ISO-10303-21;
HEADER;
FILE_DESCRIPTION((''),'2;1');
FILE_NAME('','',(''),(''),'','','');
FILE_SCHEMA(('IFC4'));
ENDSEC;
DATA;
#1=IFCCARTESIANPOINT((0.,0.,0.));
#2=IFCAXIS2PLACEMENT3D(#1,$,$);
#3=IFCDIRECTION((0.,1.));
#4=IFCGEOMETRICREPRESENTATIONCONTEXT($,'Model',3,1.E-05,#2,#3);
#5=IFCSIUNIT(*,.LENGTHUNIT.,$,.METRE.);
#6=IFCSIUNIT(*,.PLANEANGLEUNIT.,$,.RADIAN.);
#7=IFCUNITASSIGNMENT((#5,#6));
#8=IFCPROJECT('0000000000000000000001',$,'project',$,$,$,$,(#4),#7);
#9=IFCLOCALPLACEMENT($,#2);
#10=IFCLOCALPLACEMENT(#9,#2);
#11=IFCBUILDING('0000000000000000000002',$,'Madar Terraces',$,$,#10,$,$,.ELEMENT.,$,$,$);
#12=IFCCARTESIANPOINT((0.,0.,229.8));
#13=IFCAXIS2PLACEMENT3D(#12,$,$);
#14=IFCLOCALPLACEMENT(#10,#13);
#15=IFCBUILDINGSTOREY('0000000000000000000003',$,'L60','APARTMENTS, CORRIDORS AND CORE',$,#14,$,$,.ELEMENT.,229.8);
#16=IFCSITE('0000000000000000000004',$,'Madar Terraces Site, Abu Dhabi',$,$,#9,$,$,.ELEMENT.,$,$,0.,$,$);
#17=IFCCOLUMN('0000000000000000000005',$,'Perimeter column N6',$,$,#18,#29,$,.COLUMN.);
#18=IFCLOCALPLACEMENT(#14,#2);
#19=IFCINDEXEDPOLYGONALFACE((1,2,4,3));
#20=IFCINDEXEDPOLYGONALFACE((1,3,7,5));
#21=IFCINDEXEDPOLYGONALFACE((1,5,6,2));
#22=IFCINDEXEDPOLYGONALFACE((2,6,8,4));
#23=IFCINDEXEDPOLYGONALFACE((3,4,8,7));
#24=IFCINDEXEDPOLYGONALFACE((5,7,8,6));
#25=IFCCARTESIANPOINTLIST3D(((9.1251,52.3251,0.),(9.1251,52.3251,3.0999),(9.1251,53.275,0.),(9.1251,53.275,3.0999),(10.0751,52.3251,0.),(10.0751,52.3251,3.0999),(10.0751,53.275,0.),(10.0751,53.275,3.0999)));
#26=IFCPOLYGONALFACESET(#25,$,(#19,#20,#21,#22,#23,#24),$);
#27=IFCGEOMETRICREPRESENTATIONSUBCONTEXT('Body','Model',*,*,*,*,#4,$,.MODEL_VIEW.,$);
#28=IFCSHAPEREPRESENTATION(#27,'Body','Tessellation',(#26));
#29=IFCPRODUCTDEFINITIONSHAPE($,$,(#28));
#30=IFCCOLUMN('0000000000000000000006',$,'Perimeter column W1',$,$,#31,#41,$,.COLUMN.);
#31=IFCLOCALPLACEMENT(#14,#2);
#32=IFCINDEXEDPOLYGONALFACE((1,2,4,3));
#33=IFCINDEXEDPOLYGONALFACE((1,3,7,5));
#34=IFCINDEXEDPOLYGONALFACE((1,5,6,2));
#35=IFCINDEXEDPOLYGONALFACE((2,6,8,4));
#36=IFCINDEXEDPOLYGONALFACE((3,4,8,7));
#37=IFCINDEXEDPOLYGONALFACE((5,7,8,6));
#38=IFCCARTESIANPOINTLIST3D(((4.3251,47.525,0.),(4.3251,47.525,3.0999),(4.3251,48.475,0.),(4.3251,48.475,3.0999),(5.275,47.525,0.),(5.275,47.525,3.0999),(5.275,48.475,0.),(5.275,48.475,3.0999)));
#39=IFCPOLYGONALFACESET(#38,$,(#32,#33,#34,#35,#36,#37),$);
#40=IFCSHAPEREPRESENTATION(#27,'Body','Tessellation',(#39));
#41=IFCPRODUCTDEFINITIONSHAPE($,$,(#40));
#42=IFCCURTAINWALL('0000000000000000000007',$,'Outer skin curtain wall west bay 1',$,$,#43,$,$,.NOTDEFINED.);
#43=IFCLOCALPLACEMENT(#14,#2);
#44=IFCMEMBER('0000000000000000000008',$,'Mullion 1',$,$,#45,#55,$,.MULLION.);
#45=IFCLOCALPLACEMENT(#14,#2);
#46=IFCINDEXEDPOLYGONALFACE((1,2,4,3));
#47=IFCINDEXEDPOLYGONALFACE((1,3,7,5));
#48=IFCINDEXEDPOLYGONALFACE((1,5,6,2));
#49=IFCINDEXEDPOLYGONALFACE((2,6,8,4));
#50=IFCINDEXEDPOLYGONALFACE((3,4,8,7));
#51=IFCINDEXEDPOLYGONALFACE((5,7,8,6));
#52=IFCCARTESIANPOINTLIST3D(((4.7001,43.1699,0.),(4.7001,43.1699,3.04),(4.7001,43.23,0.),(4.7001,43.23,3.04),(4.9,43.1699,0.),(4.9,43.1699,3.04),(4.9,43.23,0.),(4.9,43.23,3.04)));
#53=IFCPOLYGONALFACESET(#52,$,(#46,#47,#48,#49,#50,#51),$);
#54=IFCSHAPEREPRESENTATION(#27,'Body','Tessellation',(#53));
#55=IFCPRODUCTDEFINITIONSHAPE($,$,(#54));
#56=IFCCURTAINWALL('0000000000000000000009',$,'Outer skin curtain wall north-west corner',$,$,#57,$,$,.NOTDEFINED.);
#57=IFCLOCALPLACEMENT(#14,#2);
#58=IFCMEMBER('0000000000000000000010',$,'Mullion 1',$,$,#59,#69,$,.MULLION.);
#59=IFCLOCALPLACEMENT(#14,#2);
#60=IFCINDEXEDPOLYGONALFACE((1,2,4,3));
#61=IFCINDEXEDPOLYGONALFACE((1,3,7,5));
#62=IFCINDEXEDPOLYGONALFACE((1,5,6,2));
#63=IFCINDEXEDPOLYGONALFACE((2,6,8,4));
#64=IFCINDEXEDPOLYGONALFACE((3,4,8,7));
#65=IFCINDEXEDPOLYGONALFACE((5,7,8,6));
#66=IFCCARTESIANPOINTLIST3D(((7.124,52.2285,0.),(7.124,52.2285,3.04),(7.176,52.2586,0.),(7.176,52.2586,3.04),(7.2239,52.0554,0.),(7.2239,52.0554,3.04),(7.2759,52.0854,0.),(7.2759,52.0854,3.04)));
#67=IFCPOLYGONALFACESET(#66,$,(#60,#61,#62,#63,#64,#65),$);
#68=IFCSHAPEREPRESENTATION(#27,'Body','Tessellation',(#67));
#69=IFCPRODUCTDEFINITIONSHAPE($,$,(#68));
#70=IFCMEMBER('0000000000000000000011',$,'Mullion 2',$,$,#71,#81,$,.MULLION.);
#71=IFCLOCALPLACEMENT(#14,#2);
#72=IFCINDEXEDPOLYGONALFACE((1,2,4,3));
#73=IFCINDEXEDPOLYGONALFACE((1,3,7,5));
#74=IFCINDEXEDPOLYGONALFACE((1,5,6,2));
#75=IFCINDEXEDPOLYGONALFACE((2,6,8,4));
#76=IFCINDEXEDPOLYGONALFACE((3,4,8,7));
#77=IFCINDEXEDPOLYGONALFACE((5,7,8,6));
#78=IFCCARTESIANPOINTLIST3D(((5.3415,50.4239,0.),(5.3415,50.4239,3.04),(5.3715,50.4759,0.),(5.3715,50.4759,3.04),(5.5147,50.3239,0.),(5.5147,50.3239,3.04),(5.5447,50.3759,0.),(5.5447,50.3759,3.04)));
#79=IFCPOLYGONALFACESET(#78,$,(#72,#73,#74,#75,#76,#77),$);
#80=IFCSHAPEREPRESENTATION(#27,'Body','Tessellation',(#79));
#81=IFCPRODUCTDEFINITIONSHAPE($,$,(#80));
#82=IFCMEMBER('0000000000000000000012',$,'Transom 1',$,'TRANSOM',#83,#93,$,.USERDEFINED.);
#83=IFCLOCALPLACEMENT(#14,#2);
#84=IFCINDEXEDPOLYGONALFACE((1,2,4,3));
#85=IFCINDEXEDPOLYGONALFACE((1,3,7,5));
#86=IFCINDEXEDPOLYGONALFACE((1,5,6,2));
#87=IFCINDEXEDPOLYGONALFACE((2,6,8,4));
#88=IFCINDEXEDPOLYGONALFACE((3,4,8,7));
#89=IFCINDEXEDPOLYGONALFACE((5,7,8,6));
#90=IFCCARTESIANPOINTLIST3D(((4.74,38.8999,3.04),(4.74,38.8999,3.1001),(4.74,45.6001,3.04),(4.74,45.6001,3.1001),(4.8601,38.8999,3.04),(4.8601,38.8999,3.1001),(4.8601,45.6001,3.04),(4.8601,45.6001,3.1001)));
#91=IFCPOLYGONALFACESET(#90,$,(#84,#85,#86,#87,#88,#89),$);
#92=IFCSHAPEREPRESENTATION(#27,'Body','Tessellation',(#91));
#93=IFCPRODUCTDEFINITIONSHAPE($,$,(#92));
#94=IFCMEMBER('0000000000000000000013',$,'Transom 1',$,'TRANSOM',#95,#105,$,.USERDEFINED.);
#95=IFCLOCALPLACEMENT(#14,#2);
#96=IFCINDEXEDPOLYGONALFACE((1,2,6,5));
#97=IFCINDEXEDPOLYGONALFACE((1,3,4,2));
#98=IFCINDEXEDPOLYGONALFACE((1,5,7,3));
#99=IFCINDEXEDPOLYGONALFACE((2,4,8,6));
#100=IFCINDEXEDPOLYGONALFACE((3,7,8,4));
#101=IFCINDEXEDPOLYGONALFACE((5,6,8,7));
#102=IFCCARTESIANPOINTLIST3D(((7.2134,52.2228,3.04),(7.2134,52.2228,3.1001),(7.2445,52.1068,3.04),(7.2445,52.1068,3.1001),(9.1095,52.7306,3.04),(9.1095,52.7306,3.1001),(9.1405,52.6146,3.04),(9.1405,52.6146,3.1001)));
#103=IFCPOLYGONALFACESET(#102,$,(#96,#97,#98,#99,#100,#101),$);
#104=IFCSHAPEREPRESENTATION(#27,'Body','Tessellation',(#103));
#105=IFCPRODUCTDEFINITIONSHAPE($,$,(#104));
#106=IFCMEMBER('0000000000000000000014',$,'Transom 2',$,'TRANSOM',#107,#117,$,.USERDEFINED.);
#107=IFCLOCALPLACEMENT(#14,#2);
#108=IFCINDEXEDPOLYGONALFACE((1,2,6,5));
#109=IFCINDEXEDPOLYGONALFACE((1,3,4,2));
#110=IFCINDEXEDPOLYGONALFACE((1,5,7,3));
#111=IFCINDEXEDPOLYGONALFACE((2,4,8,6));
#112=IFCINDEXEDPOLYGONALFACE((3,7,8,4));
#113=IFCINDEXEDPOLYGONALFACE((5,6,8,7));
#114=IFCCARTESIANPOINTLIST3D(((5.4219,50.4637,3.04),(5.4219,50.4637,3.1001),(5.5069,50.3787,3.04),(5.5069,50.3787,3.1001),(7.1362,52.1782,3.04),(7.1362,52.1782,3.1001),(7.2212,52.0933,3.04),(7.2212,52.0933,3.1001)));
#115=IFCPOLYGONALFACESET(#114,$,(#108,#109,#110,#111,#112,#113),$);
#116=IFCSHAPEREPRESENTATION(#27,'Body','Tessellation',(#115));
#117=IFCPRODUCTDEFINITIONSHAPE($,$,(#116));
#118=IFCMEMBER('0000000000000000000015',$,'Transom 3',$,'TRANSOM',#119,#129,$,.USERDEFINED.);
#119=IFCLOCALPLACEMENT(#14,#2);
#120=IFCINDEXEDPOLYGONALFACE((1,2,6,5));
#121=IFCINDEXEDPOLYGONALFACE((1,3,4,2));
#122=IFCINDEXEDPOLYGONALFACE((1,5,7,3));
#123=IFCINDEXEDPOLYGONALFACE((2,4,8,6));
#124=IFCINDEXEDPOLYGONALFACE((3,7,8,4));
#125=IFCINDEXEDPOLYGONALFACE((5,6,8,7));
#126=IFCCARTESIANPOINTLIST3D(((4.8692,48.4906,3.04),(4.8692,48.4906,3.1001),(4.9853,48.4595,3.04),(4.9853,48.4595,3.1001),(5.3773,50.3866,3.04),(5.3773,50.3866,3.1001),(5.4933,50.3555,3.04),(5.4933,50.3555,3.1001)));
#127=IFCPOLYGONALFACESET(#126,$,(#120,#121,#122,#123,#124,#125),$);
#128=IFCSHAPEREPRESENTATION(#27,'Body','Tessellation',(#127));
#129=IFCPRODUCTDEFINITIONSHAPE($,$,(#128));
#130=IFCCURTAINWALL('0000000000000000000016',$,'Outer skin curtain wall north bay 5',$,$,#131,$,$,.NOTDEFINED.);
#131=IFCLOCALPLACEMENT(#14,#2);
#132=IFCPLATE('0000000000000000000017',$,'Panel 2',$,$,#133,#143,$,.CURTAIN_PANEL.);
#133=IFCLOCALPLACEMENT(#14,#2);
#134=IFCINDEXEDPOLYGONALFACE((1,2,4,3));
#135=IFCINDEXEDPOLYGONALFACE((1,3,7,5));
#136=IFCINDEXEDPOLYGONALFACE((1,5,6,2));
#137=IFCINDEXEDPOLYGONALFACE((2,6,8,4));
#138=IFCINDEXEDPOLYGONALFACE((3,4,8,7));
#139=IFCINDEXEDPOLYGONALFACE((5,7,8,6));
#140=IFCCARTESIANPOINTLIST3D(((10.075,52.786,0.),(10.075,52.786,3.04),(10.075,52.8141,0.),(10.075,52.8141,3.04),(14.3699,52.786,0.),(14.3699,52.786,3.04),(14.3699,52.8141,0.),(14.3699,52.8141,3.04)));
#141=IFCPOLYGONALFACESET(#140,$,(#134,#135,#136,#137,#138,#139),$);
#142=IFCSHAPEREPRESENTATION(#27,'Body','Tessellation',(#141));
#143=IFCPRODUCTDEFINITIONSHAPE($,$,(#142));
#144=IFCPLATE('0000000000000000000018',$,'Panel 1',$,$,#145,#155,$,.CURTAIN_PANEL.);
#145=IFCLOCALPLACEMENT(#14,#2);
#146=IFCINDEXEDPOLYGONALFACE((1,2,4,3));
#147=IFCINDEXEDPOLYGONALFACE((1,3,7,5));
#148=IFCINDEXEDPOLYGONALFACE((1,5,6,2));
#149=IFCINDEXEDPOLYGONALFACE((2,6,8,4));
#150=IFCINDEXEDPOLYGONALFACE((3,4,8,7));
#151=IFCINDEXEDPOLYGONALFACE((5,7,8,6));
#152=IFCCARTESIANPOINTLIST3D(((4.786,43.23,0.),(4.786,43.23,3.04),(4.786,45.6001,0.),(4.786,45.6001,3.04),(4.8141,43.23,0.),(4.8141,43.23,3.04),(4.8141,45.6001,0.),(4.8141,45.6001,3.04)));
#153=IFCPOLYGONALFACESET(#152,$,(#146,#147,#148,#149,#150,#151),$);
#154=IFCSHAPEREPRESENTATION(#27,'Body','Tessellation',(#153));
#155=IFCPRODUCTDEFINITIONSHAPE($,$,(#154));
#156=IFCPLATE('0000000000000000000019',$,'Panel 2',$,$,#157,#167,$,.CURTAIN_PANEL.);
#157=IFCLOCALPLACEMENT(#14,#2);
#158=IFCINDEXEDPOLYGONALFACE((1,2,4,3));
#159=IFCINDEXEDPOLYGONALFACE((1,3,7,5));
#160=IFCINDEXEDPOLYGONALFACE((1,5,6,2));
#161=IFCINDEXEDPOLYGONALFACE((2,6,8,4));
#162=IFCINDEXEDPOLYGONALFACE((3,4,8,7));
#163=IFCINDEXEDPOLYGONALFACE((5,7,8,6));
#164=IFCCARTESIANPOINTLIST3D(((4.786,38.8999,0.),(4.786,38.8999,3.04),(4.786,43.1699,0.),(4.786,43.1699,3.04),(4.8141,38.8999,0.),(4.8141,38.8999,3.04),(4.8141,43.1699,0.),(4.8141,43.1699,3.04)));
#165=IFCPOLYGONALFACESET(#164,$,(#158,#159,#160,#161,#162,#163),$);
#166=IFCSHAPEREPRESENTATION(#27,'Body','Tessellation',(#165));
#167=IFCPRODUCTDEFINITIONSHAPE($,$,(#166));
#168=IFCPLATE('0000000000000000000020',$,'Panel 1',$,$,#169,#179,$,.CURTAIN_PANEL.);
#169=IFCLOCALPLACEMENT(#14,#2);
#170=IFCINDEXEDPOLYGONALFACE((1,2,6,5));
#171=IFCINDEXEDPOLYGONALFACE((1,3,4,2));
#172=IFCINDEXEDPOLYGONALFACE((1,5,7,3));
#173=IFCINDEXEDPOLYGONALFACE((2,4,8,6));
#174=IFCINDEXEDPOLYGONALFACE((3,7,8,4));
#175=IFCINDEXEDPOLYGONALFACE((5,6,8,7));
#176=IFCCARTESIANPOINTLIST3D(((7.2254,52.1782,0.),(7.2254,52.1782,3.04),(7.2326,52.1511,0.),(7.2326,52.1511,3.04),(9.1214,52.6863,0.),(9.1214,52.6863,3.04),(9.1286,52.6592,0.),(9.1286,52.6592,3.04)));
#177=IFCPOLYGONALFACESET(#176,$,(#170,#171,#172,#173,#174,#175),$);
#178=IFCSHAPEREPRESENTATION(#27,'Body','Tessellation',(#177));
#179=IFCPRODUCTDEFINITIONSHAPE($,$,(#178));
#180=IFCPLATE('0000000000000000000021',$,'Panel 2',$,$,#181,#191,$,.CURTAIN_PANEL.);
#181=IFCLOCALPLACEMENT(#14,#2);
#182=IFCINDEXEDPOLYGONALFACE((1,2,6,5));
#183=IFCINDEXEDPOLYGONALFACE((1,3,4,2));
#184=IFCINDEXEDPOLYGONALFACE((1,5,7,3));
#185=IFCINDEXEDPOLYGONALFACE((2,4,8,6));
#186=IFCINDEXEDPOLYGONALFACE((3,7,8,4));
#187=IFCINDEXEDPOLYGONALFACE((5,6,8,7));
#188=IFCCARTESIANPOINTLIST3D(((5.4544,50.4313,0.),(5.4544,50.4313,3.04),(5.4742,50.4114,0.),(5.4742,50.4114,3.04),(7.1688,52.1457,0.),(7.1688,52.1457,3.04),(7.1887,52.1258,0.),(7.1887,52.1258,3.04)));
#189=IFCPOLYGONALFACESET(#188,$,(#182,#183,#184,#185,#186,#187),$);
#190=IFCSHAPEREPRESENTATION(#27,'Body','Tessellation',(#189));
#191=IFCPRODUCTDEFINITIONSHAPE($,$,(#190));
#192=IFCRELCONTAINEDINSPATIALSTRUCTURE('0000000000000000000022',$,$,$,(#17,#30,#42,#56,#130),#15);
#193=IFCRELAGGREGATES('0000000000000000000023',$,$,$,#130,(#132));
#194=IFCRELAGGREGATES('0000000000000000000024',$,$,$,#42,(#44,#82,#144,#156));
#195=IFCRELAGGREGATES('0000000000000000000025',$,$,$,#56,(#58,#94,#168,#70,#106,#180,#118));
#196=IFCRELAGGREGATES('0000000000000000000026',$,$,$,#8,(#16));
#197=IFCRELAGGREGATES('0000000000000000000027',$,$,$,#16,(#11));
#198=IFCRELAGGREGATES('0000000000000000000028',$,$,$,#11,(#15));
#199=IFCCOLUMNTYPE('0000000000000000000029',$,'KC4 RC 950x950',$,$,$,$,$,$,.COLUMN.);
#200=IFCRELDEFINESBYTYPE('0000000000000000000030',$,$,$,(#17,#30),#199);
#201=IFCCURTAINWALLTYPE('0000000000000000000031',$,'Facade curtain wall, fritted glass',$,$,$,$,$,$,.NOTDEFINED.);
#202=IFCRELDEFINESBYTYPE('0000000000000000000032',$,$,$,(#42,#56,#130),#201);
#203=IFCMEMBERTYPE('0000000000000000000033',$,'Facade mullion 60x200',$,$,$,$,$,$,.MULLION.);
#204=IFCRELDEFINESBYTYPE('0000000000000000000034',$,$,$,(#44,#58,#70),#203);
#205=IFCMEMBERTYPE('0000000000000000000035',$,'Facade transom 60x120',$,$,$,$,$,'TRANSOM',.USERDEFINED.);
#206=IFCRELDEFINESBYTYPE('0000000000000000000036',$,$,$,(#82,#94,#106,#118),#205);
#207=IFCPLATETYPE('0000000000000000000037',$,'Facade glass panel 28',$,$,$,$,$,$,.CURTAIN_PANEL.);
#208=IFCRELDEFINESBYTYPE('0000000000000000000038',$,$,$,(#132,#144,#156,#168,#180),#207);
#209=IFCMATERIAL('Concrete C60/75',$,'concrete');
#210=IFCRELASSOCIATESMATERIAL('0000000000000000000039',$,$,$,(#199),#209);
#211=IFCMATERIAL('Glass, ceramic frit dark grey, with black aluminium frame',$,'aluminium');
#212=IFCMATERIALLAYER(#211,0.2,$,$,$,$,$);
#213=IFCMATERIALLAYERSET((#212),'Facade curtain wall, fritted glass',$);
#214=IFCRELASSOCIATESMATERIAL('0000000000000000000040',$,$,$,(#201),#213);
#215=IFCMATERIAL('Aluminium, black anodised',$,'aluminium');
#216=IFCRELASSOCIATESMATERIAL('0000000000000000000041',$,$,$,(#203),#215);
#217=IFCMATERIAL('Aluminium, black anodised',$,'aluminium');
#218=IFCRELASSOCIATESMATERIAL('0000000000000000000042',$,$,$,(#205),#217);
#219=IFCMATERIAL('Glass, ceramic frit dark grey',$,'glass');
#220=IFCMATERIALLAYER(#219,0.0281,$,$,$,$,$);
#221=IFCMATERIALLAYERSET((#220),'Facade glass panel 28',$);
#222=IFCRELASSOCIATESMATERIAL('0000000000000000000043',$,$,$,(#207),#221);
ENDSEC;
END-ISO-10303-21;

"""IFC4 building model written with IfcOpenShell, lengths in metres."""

from ifc_helpers import new_model, si_unit, direction, frame, origin, origin_2d, place, context, subcontext, project, spatial, rectangle, extrude, material, layer, layer_set, material_profile, profile_set, type_object, element, aggregate, save


model = new_model("IFC4")

# Units and contexts
model_context = context("Model", 3, precision=1e-05, world=origin(), true_north=direction((0.0, 1.0)))
body_context = subcontext(model_context, "Body", "Model", "MODEL_VIEW")
ifc_project = project(units=[si_unit("LENGTHUNIT", "METRE"), si_unit("PLANEANGLEUNIT", "RADIAN")], contexts=[model_context])

# Site, building, storey
site_placement = place(None, origin())
site = spatial("IfcSite", under=ifc_project, at=site_placement, Name="Madar Terraces Site, Abu Dhabi", CompositionType="ELEMENT", RefElevation=0.0)
building_placement = place(site_placement, origin())
building = spatial("IfcBuilding", under=site, at=building_placement, Name="Madar Terraces", CompositionType="ELEMENT")
storey_placement = place(building_placement, frame((0.0, 0.0, 229.8)))
storey = spatial("IfcBuildingStorey", under=building, at=storey_placement, Name="L60", Description="APARTMENTS, CORRIDORS AND CORE", CompositionType="ELEMENT", Elevation=229.8)

# Columns
ifc_material_1 = material(Name="Concrete C60/75", Category="concrete")
ifc_material_profile_1 = material_profile(ifc_material_1, rectangle(XDim=0.95, YDim=0.95, at=origin_2d()), Name="KC4 RC 950x950")
ifc_profile_set_1 = profile_set([ifc_material_profile_1], Name="Concrete C60/75")
column_type = type_object("IfcColumnType", Name="KC4 RC 950x950", PredefinedType="COLUMN", material=ifc_profile_set_1)
for number, where, z_axis, x_axis, name in (
    (1, (9.6001, 52.8, 0.0), (0.0, 0.0, 1.0), (1.0, 0.0, 0.0), "Perimeter column N6"),
    (2, (4.8, 48.0, 0.0), (0.0, 0.0, 1.0), (1.0, 0.0, 0.0), "Perimeter column W1"),
):
    element("IfcColumn", number, at=place(storey_placement, frame(where, z_axis=z_axis, x_axis=x_axis)), inside=storey, type_object=column_type, Name=name, PredefinedType="COLUMN", context=body_context, shape_type="SweptSolid", body=[
        extrude(rectangle(XDim=0.95, YDim=0.95, at=origin_2d()), origin(), (0.0, 0.0, 1.0), 3.0999),
    ])

# Curtain wall, member
ifc_material_2 = material(Name="Glass, ceramic frit dark grey, with black aluminium frame", Category="aluminium")
ifc_layer_1 = layer(ifc_material_2, 0.2)
ifc_layer_set_1 = layer_set([ifc_layer_1], Name="Facade curtain wall, fritted glass")
curtain_wall_type = type_object("IfcCurtainWallType", Name="Facade curtain wall, fritted glass", PredefinedType="NOTDEFINED", material=ifc_layer_set_1)
curtain_wall_1_placement = place(storey_placement, origin())
curtain_wall_1 = element("IfcCurtainWall", 3, at=curtain_wall_1_placement, inside=storey, type_object=curtain_wall_type, Name="Outer skin curtain wall west bay 1", PredefinedType="NOTDEFINED")
ifc_material_3 = material(Name="Aluminium, black anodised", Category="aluminium")
ifc_material_profile_2 = material_profile(ifc_material_3, rectangle(XDim=0.2, YDim=0.0601, at=origin_2d()), Name="Facade mullion 60x200")
ifc_profile_set_2 = profile_set([ifc_material_profile_2], Name="Aluminium, black anodised")
member_type_1 = type_object("IfcMemberType", Name="Facade mullion 60x200", PredefinedType="MULLION", material=ifc_profile_set_2)
member_1_placement = place(storey_placement, frame((4.8, 43.2, 0.0), z_axis=(0.0, 0.0, 1.0), x_axis=(1.0, 0.0, 0.0)))
member_1 = element("IfcMember", 4, at=member_1_placement, type_object=member_type_1, Name="Mullion 1", PredefinedType="MULLION", context=body_context, shape_type="SweptSolid", body=[
    extrude(rectangle(XDim=0.2, YDim=0.0601, at=origin_2d()), origin(), (0.0, 0.0, 1.0), 3.04),
])

# Curtain wall, members
curtain_wall_2_placement = place(storey_placement, origin())
curtain_wall_2 = element("IfcCurtainWall", 5, at=curtain_wall_2_placement, inside=storey, type_object=curtain_wall_type, Name="Outer skin curtain wall north-west corner", PredefinedType="NOTDEFINED")
member_2_placement = place(storey_placement, frame((7.2, 52.157, 0.0), z_axis=(0.0, 0.0, 1.0), x_axis=(0.5, -0.866025, 0.0)))
member_2 = element("IfcMember", 6, at=member_2_placement, type_object=member_type_1, Name="Mullion 1", PredefinedType="MULLION", context=body_context, shape_type="SweptSolid", body=[
    extrude(rectangle(XDim=0.2, YDim=0.0601, at=origin_2d()), origin(), (0.0, 0.0, 1.0), 3.04),
])
member_3_placement = place(storey_placement, frame((5.4431, 50.3999, 0.0), z_axis=(0.0, 0.0, 1.0), x_axis=(0.866025, -0.5, 0.0)))
member_3 = element("IfcMember", 7, at=member_3_placement, type_object=member_type_1, Name="Mullion 2", PredefinedType="MULLION", context=body_context, shape_type="SweptSolid", body=[
    extrude(rectangle(XDim=0.2, YDim=0.0601, at=origin_2d()), origin(), (0.0, 0.0, 1.0), 3.04),
])

# Members
ifc_material_4 = material(Name="Aluminium, black anodised", Category="aluminium")
ifc_material_profile_3 = material_profile(ifc_material_4, rectangle(XDim=0.1201, YDim=0.0601, at=origin_2d()), Name="Facade transom 60x120")
ifc_profile_set_3 = profile_set([ifc_material_profile_3], Name="Aluminium, black anodised")
member_type_2 = type_object("IfcMemberType", Name="Facade transom 60x120", ElementType="TRANSOM", PredefinedType="USERDEFINED", material=ifc_profile_set_3)
member_4_placement = place(storey_placement, frame((4.8, 45.6001, 3.0701), z_axis=(0.0, -1.0, 0.0), x_axis=(1.0, 0.0, 0.0)))
member_4 = element("IfcMember", 8, at=member_4_placement, type_object=member_type_2, Name="Transom 1", ObjectType="TRANSOM", PredefinedType="USERDEFINED", context=body_context, shape_type="SweptSolid", body=[
    extrude(rectangle(XDim=0.1201, YDim=0.0601, at=origin_2d()), origin(), (0.0, 0.0, 1.0), 6.7002),
])
member_5_placement = place(storey_placement, frame((9.125, 52.6726, 3.0701), z_axis=(-0.965954, -0.258715, 0.0), x_axis=(0.258715, -0.965954, 0.0)))
member_5 = element("IfcMember", 9, at=member_5_placement, type_object=member_type_2, Name="Transom 1", ObjectType="TRANSOM", PredefinedType="USERDEFINED", context=body_context, shape_type="SweptSolid", body=[
    extrude(rectangle(XDim=0.1201, YDim=0.0601, at=origin_2d()), origin(), (0.0, 0.0, 1.0), 1.9629),
])
member_6_placement = place(storey_placement, frame((7.1787, 52.1357, 3.0701), z_axis=(-0.707056, -0.707157, 0.0), x_axis=(0.707157, -0.707056, 0.0)))
member_6 = element("IfcMember", 10, at=member_6_placement, type_object=member_type_2, Name="Transom 2", ObjectType="TRANSOM", PredefinedType="USERDEFINED", context=body_context, shape_type="SweptSolid", body=[
    extrude(rectangle(XDim=0.1201, YDim=0.0601, at=origin_2d()), origin(), (0.0, 0.0, 1.0), 2.4246),
])
member_7_placement = place(storey_placement, frame((5.4353, 50.3711, 3.0701), z_axis=(-0.258831, -0.965923, 0.0), x_axis=(0.965923, -0.258831, 0.0)))
member_7 = element("IfcMember", 11, at=member_7_placement, type_object=member_type_2, Name="Transom 3", ObjectType="TRANSOM", PredefinedType="USERDEFINED", context=body_context, shape_type="SweptSolid", body=[
    extrude(rectangle(XDim=0.1201, YDim=0.0601, at=origin_2d()), origin(), (0.0, 0.0, 1.0), 1.9629),
])

# Curtain wall, plate
curtain_wall_3_placement = place(storey_placement, origin())
curtain_wall_3 = element("IfcCurtainWall", 12, at=curtain_wall_3_placement, inside=storey, type_object=curtain_wall_type, Name="Outer skin curtain wall north bay 5", PredefinedType="NOTDEFINED")
ifc_material_5 = material(Name="Glass, ceramic frit dark grey", Category="glass")
ifc_layer_2 = layer(ifc_material_5, 0.0281)
ifc_layer_set_2 = layer_set([ifc_layer_2], Name="Facade glass panel 28")
plate_type = type_object("IfcPlateType", Name="Facade glass panel 28", PredefinedType="CURTAIN_PANEL", material=ifc_layer_set_2)
plate_1_placement = place(storey_placement, frame((12.2224, 52.8, 0.0), z_axis=(0.0, 0.0, 1.0), x_axis=(-1.0, 0.0, 0.0)))
plate_1 = element("IfcPlate", 13, at=plate_1_placement, type_object=plate_type, Name="Panel 2", PredefinedType="CURTAIN_PANEL", context=body_context, shape_type="SweptSolid", body=[
    extrude(rectangle(XDim=4.2949, YDim=0.0281, at=origin_2d()), origin(), (0.0, 0.0, 1.0), 3.04),
])
aggregate(curtain_wall_3, [plate_1])

# Plates
plate_2_placement = place(storey_placement, frame((4.8, 44.415, 0.0), z_axis=(0.0, 0.0, 1.0), x_axis=(0.0, -1.0, 0.0)))
plate_2 = element("IfcPlate", 14, at=plate_2_placement, type_object=plate_type, Name="Panel 1", PredefinedType="CURTAIN_PANEL", context=body_context, shape_type="SweptSolid", body=[
    extrude(rectangle(XDim=2.3701, YDim=0.0281, at=origin_2d()), origin(), (0.0, 0.0, 1.0), 3.04),
])
plate_3_placement = place(storey_placement, frame((4.8, 41.0349, 0.0), z_axis=(0.0, 0.0, 1.0), x_axis=(0.0, -1.0, 0.0)))
plate_3 = element("IfcPlate", 15, at=plate_3_placement, type_object=plate_type, Name="Panel 2", PredefinedType="CURTAIN_PANEL", context=body_context, shape_type="SweptSolid", body=[
    extrude(rectangle(XDim=4.27, YDim=0.0281, at=origin_2d()), origin(), (0.0, 0.0, 1.0), 3.04),
])
aggregate(curtain_wall_1, [member_1, member_4, plate_2, plate_3])
plate_4_placement = place(storey_placement, frame((8.177, 52.4187, 0.0), z_axis=(0.0, 0.0, 1.0), x_axis=(-0.965926, -0.258819, 0.0)))
plate_4 = element("IfcPlate", 16, at=plate_4_placement, type_object=plate_type, Name="Panel 1", PredefinedType="CURTAIN_PANEL", context=body_context, shape_type="SweptSolid", body=[
    extrude(rectangle(XDim=1.9629, YDim=0.0281, at=origin_2d()), origin(), (0.0, 0.0, 1.0), 3.04),
])
plate_5_placement = place(storey_placement, frame((6.3215, 51.2786, 0.0), z_axis=(0.0, 0.0, 1.0), x_axis=(-0.707107, -0.707107, 0.0)))
plate_5 = element("IfcPlate", 17, at=plate_5_placement, type_object=plate_type, Name="Panel 2", PredefinedType="CURTAIN_PANEL", context=body_context, shape_type="SweptSolid", body=[
    extrude(rectangle(XDim=2.4246, YDim=0.0281, at=origin_2d()), origin(), (0.0, 0.0, 1.0), 3.04),
])
aggregate(curtain_wall_2, [member_2, member_5, plate_4, member_3, member_6, plate_5, member_7])

save(model, "model.ifc")
